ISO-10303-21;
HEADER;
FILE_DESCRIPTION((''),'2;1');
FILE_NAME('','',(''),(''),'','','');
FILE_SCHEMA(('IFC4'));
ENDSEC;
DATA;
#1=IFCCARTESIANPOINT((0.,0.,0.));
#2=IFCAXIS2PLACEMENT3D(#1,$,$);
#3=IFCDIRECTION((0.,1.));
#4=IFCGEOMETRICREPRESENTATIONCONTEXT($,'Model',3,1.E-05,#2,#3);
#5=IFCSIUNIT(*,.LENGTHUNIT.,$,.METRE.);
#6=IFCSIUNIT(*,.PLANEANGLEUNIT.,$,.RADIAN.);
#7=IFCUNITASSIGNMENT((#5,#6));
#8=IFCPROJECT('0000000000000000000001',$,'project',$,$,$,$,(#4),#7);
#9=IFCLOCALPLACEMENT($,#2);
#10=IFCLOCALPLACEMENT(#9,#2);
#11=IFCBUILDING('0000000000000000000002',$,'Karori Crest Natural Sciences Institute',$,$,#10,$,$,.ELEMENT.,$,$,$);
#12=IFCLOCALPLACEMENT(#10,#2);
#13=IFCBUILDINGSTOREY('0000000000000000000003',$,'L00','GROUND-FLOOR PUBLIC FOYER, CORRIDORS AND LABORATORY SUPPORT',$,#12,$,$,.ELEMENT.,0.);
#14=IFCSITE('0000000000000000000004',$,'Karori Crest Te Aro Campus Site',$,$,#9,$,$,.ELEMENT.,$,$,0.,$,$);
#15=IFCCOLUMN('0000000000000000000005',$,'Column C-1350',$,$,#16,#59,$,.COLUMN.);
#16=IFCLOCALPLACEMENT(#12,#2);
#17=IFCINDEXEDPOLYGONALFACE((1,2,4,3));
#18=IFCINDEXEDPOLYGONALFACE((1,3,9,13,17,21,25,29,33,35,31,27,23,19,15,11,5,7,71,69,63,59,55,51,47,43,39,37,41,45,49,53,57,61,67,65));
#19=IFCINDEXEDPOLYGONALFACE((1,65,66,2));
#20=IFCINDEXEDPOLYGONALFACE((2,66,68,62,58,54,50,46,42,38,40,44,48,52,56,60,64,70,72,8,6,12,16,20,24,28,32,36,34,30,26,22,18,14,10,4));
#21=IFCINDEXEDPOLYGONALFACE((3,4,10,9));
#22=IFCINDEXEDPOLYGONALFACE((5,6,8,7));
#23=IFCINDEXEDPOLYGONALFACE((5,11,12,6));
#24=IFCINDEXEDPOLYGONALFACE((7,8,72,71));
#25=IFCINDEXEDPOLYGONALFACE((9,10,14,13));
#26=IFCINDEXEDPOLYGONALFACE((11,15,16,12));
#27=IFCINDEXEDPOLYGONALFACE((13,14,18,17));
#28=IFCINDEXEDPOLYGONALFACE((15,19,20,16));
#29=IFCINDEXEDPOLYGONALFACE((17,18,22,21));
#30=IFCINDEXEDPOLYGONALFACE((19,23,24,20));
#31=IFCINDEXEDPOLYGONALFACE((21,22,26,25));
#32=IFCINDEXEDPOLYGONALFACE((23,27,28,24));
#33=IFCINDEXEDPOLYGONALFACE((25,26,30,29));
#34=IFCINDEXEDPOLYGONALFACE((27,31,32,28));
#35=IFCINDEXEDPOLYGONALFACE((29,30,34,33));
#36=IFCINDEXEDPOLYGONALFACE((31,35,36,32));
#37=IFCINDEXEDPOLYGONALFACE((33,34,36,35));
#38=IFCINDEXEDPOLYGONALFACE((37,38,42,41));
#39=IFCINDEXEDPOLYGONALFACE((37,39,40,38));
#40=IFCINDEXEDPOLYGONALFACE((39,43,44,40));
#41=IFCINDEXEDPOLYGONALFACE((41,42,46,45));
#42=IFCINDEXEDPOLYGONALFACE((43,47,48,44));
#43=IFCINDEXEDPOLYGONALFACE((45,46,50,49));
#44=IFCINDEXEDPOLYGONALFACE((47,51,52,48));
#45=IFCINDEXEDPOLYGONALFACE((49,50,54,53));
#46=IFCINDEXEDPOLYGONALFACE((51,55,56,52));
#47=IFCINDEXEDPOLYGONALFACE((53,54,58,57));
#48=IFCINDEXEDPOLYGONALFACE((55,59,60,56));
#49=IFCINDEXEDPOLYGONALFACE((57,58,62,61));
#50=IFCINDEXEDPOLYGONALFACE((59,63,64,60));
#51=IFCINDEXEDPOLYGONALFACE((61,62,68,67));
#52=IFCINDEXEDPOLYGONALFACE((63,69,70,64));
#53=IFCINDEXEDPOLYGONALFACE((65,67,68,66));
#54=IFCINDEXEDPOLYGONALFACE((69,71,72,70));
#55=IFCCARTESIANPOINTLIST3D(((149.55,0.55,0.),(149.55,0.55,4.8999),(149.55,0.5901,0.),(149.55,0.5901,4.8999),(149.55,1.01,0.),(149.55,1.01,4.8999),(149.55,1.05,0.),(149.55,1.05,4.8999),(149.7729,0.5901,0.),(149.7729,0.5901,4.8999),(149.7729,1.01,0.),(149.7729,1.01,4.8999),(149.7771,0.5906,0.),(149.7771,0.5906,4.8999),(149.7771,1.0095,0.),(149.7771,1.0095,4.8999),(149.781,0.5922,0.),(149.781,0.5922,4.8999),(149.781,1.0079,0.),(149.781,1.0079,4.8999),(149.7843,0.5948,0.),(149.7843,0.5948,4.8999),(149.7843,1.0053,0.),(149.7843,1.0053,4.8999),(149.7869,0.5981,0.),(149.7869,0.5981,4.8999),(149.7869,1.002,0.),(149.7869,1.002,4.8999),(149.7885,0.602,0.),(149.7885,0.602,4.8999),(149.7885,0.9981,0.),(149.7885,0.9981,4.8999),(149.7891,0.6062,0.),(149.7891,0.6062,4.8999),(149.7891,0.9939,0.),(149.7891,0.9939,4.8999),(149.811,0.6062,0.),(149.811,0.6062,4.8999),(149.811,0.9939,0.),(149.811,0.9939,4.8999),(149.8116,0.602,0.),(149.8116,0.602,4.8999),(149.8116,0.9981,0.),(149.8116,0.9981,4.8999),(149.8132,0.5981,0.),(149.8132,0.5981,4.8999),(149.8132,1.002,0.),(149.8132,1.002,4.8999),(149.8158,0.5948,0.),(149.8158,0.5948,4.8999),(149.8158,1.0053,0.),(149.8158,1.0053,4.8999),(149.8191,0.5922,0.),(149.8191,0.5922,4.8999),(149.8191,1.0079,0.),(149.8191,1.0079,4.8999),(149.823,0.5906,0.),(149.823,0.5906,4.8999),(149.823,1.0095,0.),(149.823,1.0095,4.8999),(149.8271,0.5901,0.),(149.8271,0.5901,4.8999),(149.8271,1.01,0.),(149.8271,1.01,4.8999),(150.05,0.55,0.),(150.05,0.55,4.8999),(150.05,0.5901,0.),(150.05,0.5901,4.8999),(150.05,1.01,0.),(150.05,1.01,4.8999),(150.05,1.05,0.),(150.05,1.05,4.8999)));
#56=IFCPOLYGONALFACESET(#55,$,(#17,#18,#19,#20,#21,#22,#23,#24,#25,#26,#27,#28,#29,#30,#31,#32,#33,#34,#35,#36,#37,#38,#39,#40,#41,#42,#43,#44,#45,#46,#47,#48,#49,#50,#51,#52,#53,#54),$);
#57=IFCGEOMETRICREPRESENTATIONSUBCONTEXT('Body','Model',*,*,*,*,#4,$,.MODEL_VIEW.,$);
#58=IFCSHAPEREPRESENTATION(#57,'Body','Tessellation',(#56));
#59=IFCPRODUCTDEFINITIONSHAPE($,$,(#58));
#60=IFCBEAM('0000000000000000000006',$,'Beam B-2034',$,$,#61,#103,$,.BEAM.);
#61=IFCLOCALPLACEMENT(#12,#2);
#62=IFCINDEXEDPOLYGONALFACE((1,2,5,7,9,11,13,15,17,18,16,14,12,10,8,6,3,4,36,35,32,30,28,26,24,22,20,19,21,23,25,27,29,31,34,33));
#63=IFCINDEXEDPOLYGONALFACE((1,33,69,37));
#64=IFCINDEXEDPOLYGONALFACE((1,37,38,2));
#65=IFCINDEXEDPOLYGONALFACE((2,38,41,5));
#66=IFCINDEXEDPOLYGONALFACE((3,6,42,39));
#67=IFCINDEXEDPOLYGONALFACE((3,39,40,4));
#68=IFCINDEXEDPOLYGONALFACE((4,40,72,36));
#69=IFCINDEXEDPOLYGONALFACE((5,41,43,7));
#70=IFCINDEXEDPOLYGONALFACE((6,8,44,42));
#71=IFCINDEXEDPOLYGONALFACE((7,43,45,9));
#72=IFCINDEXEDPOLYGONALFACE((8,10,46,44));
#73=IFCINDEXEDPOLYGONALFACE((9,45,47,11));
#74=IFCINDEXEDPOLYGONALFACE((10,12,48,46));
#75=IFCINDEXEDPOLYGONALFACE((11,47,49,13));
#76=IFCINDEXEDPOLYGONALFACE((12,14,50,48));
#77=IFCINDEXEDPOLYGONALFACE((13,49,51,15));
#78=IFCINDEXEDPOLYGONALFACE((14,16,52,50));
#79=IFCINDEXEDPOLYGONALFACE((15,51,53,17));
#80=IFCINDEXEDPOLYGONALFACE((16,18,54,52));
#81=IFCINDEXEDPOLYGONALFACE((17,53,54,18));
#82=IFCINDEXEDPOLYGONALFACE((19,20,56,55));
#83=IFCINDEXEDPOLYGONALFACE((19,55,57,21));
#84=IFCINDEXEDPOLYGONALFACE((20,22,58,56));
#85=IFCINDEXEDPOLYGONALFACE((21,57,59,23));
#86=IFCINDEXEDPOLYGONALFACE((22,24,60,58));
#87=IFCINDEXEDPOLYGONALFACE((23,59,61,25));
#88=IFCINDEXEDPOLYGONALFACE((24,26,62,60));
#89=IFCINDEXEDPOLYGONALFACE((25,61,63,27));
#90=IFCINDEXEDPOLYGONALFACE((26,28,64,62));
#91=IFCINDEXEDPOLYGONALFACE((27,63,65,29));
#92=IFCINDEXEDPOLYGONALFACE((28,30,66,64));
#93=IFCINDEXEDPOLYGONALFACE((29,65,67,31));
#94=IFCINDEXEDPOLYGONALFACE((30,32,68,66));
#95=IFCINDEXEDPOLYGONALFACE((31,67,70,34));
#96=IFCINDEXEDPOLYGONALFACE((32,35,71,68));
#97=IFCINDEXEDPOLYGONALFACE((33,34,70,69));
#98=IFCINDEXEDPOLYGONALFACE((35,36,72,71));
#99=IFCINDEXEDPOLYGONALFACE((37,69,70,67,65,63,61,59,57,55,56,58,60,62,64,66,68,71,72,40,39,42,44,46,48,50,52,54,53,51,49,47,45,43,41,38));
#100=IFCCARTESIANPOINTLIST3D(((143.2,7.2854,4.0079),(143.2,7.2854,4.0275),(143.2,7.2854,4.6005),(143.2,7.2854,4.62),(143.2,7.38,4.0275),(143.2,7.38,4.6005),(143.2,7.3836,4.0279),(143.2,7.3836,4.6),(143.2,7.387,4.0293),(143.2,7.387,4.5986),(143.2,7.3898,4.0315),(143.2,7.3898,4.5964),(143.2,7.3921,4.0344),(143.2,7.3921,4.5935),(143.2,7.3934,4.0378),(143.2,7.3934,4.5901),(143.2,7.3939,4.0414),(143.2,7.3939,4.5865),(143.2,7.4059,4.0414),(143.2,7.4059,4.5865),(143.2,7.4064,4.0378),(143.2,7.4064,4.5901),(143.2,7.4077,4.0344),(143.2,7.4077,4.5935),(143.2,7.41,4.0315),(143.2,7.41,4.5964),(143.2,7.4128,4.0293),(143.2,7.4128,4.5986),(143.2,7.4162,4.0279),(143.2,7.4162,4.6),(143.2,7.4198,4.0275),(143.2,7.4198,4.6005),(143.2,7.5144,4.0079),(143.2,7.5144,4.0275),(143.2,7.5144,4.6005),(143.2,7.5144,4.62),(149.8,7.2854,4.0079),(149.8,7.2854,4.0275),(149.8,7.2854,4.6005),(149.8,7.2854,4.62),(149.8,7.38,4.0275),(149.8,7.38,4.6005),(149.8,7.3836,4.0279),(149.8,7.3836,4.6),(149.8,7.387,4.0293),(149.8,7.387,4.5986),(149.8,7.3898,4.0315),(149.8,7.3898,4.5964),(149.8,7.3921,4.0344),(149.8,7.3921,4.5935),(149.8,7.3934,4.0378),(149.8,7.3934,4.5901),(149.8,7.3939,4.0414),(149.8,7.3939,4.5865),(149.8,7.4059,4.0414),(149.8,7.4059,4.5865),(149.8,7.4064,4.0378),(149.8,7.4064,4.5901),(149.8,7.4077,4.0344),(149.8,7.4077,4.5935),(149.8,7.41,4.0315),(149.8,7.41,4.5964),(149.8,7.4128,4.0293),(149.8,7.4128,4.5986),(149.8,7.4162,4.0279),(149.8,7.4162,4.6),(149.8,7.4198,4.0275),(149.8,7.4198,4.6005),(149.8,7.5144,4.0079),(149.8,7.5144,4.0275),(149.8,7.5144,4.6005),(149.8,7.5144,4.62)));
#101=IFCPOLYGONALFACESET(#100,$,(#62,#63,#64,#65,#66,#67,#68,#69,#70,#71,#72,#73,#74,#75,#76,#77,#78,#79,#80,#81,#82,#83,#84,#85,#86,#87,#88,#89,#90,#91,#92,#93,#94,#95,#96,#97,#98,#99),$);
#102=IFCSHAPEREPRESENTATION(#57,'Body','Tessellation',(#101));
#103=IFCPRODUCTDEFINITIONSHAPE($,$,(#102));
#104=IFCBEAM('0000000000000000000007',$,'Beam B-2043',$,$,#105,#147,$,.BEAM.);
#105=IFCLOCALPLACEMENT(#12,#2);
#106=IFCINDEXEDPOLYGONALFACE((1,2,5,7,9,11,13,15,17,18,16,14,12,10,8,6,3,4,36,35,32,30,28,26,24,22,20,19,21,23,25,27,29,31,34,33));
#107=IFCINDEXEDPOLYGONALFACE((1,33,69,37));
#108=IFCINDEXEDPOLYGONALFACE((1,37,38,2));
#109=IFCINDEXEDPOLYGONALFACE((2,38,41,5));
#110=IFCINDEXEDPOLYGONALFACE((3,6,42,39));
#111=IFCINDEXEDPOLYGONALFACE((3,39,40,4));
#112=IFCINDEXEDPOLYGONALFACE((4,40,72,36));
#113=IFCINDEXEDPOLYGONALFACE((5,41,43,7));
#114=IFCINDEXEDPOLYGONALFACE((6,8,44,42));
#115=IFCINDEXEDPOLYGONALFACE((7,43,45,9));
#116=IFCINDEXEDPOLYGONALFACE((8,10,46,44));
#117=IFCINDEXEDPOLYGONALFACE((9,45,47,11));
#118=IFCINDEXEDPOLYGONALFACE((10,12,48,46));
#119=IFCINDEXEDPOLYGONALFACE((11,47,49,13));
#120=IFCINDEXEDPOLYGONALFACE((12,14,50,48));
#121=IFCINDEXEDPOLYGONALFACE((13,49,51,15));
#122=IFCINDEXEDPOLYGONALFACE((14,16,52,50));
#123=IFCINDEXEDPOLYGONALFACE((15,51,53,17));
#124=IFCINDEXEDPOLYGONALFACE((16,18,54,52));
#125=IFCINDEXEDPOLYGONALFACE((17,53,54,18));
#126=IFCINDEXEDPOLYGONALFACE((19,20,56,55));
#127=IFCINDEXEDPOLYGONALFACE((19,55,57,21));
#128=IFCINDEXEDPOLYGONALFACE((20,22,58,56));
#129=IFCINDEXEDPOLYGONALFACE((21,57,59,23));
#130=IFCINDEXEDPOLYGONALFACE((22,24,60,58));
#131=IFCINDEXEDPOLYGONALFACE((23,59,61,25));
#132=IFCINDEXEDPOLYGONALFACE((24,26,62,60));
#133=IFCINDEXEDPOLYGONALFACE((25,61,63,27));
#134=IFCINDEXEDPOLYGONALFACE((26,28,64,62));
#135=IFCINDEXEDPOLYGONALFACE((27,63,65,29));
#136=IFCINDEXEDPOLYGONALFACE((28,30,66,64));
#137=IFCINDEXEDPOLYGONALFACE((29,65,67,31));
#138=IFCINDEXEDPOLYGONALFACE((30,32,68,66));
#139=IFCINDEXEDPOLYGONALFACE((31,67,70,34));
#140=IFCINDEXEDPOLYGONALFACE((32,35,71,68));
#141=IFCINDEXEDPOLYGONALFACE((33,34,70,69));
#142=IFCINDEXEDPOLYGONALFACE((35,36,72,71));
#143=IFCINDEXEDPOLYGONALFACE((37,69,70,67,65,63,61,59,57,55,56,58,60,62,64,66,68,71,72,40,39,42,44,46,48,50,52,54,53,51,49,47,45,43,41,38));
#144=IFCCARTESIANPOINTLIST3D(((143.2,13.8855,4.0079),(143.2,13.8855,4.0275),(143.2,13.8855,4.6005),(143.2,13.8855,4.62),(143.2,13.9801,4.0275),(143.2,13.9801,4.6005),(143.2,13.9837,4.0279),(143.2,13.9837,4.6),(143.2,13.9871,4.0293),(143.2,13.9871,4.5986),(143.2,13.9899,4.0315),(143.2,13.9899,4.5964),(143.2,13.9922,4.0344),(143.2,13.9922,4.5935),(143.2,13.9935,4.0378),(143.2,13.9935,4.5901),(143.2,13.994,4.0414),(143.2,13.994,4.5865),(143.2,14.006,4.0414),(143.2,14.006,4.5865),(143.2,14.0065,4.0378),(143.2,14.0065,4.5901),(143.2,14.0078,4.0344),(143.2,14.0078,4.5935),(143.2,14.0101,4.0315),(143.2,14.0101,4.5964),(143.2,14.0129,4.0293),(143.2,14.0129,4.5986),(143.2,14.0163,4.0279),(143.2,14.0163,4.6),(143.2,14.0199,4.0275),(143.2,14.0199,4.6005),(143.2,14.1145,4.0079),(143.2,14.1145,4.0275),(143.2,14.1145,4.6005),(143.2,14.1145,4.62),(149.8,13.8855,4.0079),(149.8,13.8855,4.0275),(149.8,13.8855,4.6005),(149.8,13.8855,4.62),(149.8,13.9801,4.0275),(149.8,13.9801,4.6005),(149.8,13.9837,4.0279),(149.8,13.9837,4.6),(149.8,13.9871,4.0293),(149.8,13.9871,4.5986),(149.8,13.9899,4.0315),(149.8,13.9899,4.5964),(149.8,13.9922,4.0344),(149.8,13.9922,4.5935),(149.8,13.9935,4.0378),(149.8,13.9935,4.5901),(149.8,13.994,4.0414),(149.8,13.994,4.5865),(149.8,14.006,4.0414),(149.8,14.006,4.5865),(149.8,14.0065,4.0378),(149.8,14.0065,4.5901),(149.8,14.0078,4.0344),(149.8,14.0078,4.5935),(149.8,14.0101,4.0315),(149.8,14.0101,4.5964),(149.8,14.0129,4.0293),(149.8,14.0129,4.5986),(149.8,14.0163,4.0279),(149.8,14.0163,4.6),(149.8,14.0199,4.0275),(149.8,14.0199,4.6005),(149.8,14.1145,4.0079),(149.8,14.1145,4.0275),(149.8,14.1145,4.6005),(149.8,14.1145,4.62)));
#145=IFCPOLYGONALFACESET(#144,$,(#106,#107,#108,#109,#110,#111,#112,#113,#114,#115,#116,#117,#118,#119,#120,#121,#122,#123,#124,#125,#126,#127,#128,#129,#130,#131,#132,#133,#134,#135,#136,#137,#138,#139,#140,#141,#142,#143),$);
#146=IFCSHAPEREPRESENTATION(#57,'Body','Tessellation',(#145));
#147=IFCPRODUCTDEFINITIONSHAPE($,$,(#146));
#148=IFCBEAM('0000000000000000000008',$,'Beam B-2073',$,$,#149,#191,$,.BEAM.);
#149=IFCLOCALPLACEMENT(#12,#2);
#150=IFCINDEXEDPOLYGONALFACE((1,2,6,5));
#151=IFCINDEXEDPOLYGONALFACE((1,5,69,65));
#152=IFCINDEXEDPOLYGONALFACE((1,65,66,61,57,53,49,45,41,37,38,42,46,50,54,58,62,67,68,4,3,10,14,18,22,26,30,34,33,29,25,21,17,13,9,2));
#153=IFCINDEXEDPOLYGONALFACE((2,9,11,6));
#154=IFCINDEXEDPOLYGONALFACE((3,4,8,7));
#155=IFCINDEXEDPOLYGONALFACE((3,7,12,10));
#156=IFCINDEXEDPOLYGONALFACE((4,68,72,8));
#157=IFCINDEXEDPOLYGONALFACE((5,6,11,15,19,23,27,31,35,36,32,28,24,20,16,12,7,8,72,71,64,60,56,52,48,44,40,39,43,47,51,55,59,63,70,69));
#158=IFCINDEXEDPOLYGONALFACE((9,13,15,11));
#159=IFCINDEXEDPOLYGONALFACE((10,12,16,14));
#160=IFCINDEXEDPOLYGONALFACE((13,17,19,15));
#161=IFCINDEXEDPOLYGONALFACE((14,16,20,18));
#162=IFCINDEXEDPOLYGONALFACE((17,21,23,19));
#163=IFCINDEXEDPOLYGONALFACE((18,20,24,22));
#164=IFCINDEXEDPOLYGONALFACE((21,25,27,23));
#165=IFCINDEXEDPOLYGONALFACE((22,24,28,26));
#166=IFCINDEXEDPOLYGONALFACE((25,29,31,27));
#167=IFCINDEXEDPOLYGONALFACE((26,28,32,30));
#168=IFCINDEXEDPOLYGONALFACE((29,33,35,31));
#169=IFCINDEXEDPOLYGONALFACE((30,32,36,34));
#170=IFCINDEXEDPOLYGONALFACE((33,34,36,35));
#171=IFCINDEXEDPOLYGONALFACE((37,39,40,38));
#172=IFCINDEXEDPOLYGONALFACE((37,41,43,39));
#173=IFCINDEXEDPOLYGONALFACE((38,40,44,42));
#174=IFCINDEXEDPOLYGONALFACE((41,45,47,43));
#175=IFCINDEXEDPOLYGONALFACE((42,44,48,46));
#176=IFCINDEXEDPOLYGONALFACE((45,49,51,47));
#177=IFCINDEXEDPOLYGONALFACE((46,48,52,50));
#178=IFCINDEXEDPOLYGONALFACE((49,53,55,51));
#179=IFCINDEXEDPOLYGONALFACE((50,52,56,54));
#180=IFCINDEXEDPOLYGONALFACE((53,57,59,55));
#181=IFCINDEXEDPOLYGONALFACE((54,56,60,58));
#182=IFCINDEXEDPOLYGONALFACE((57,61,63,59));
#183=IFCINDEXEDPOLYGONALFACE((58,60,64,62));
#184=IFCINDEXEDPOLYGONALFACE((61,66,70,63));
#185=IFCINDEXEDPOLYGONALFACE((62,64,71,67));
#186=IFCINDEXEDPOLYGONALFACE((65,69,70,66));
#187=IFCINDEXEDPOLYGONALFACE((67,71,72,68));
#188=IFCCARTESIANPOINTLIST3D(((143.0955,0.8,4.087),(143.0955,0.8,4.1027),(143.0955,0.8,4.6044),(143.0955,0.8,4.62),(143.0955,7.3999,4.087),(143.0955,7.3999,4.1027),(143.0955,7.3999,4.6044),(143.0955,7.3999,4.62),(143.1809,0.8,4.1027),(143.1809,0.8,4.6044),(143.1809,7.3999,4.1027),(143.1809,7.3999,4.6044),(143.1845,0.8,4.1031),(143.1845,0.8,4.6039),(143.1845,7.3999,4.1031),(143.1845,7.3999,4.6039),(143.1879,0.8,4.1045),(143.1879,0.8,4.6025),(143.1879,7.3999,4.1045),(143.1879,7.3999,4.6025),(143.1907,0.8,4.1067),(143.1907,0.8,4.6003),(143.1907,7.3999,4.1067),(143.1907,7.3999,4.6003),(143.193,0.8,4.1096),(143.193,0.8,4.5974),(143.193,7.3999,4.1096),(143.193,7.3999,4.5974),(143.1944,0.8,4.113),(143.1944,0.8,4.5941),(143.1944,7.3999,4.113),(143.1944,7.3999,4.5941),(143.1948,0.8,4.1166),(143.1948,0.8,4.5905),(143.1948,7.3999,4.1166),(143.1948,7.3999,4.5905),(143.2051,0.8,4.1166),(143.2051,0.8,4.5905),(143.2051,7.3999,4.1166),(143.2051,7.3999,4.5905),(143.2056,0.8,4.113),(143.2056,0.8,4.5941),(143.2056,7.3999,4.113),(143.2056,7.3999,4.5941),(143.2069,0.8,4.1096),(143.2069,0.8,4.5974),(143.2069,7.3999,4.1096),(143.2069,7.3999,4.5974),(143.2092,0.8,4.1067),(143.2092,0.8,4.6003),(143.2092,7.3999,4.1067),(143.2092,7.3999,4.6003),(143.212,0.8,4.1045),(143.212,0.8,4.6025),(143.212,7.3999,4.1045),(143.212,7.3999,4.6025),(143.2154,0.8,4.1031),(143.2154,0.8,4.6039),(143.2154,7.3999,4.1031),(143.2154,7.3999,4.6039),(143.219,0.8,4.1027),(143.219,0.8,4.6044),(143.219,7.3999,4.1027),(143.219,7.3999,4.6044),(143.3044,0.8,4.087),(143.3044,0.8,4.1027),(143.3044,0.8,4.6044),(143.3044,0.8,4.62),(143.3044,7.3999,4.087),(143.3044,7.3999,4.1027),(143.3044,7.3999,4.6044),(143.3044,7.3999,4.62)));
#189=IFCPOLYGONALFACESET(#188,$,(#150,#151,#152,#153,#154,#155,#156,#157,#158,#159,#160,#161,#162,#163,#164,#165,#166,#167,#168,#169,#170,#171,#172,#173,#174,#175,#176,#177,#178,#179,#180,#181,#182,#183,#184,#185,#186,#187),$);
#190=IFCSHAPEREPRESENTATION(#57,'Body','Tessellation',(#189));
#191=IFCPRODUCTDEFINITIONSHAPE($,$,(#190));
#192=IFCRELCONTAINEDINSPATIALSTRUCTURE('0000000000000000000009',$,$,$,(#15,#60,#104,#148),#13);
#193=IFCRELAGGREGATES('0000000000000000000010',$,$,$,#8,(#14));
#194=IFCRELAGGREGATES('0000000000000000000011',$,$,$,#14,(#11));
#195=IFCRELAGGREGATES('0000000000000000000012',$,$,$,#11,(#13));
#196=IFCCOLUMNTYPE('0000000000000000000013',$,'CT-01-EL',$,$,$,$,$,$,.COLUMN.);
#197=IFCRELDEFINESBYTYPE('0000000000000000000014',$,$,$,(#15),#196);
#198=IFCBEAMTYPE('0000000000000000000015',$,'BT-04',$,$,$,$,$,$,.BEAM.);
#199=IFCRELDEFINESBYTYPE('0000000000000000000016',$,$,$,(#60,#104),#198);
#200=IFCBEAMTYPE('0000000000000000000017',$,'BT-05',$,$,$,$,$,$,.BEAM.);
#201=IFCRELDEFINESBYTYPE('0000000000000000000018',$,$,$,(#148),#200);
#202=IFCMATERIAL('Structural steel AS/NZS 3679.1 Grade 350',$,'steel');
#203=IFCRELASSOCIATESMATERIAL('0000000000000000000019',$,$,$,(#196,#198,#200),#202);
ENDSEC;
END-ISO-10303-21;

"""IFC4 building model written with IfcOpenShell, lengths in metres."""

from ifc_helpers import new_model, si_unit, direction, frame, origin, origin_2d, place, context, subcontext, project, spatial, i_section, extrude, material, material_profile, profile_set, type_object, element, save


model = new_model("IFC4")

# Units and contexts
model_context = context("Model", 3, precision=1e-05, world=origin(), true_north=direction((0.0, 1.0)))
body_context = subcontext(model_context, "Body", "Model", "MODEL_VIEW")
ifc_project = project(units=[si_unit("LENGTHUNIT", "METRE"), si_unit("PLANEANGLEUNIT", "RADIAN")], contexts=[model_context])

# Site, building, storey
site_placement = place(None, origin())
site = spatial("IfcSite", under=ifc_project, at=site_placement, Name="Karori Crest Te Aro Campus Site", CompositionType="ELEMENT", RefElevation=0.0)
building_placement = place(site_placement, origin())
building = spatial("IfcBuilding", under=site, at=building_placement, Name="Karori Crest Natural Sciences Institute", CompositionType="ELEMENT")
storey_placement = place(building_placement, origin())
storey = spatial("IfcBuildingStorey", under=building, at=storey_placement, Name="L00", Description="GROUND-FLOOR PUBLIC FOYER, CORRIDORS AND LABORATORY SUPPORT", CompositionType="ELEMENT", Elevation=0.0)

# Column
ifc_material_1 = material(Name="Structural steel AS/NZS 3679.1 Grade 350", Category="steel")
ifc_material_profile_1 = material_profile(ifc_material_1, i_section(OverallWidth=0.5, OverallDepth=0.5, WebThickness=0.022, FlangeThickness=0.04, FilletRadius=0.0161, at=origin_2d()), Name="500WC440")
ifc_profile_set_1 = profile_set([ifc_material_profile_1], Name="Structural steel AS/NZS 3679.1 Grade 350")
column_type_1 = type_object("IfcColumnType", Name="CT-01-EL", PredefinedType="COLUMN", material=ifc_profile_set_1)
for number, where, z_axis, x_axis, name in (
    (1, (149.8, 0.8, 0.0), (0.0, 0.0, 1.0), (1.0, 0.0, 0.0), "Column C-1350"),
):
    element("IfcColumn", number, at=place(storey_placement, frame(where, z_axis=z_axis, x_axis=x_axis)), inside=storey, type_object=column_type_1, Name=name, PredefinedType="COLUMN", context=body_context, shape_type="SweptSolid", body=[
        extrude(i_section(OverallWidth=0.5, OverallDepth=0.5, WebThickness=0.022, FlangeThickness=0.04, FilletRadius=0.0161, at=origin_2d()), origin(), (0.0, 0.0, 1.0), 4.8999),
    ])

# Beams
ifc_material_profile_2 = material_profile(ifc_material_1, i_section(OverallWidth=0.229, OverallDepth=0.6121, WebThickness=0.012, FlangeThickness=0.0195, FilletRadius=0.0139, at=origin_2d()), Name="610UB125")
ifc_profile_set_2 = profile_set([ifc_material_profile_2], Name="Structural steel AS/NZS 3679.1 Grade 350")
beam_type_1 = type_object("IfcBeamType", Name="BT-04", PredefinedType="BEAM", material=ifc_profile_set_2)
for number, where, z_axis, x_axis, name in (
    (2, (143.2, 7.3999, 4.314), (1.0, 0.0, 0.0), (0.0, 1.0, 0.0), "Beam B-2034"),
    (3, (143.2, 14.0, 4.314), (1.0, 0.0, 0.0), (0.0, 1.0, 0.0), "Beam B-2043"),
):
    element("IfcBeam", number, at=place(storey_placement, frame(where, z_axis=z_axis, x_axis=x_axis)), inside=storey, type_object=beam_type_1, Name=name, PredefinedType="BEAM", context=body_context, shape_type="SweptSolid", body=[
        extrude(i_section(OverallWidth=0.229, OverallDepth=0.6121, WebThickness=0.012, FlangeThickness=0.0195, FilletRadius=0.0139, at=origin_2d()), origin(), (0.0, 0.0, 1.0), 6.6001),
    ])
ifc_material_profile_3 = material_profile(ifc_material_1, i_section(OverallWidth=0.209, OverallDepth=0.533, WebThickness=0.0103, FlangeThickness=0.0156, FilletRadius=0.0139, at=origin_2d()), Name="530UB92.4")
ifc_profile_set_3 = profile_set([ifc_material_profile_3], Name="Structural steel AS/NZS 3679.1 Grade 350")
beam_type_2 = type_object("IfcBeamType", Name="BT-05", PredefinedType="BEAM", material=ifc_profile_set_3)
beam_1_placement = place(storey_placement, frame((143.2, 0.8, 4.3535), z_axis=(0.0, 1.0, 0.0), x_axis=(-1.0, 0.0, 0.0)))
element("IfcBeam", 4, at=beam_1_placement, inside=storey, type_object=beam_type_2, Name="Beam B-2073", PredefinedType="BEAM", context=body_context, shape_type="SweptSolid", body=[
    extrude(i_section(OverallWidth=0.209, OverallDepth=0.533, WebThickness=0.0103, FlangeThickness=0.0156, FilletRadius=0.0139, at=origin_2d()), origin(), (0.0, 0.0, 1.0), 6.5999),
])

save(model, "model.ifc")
